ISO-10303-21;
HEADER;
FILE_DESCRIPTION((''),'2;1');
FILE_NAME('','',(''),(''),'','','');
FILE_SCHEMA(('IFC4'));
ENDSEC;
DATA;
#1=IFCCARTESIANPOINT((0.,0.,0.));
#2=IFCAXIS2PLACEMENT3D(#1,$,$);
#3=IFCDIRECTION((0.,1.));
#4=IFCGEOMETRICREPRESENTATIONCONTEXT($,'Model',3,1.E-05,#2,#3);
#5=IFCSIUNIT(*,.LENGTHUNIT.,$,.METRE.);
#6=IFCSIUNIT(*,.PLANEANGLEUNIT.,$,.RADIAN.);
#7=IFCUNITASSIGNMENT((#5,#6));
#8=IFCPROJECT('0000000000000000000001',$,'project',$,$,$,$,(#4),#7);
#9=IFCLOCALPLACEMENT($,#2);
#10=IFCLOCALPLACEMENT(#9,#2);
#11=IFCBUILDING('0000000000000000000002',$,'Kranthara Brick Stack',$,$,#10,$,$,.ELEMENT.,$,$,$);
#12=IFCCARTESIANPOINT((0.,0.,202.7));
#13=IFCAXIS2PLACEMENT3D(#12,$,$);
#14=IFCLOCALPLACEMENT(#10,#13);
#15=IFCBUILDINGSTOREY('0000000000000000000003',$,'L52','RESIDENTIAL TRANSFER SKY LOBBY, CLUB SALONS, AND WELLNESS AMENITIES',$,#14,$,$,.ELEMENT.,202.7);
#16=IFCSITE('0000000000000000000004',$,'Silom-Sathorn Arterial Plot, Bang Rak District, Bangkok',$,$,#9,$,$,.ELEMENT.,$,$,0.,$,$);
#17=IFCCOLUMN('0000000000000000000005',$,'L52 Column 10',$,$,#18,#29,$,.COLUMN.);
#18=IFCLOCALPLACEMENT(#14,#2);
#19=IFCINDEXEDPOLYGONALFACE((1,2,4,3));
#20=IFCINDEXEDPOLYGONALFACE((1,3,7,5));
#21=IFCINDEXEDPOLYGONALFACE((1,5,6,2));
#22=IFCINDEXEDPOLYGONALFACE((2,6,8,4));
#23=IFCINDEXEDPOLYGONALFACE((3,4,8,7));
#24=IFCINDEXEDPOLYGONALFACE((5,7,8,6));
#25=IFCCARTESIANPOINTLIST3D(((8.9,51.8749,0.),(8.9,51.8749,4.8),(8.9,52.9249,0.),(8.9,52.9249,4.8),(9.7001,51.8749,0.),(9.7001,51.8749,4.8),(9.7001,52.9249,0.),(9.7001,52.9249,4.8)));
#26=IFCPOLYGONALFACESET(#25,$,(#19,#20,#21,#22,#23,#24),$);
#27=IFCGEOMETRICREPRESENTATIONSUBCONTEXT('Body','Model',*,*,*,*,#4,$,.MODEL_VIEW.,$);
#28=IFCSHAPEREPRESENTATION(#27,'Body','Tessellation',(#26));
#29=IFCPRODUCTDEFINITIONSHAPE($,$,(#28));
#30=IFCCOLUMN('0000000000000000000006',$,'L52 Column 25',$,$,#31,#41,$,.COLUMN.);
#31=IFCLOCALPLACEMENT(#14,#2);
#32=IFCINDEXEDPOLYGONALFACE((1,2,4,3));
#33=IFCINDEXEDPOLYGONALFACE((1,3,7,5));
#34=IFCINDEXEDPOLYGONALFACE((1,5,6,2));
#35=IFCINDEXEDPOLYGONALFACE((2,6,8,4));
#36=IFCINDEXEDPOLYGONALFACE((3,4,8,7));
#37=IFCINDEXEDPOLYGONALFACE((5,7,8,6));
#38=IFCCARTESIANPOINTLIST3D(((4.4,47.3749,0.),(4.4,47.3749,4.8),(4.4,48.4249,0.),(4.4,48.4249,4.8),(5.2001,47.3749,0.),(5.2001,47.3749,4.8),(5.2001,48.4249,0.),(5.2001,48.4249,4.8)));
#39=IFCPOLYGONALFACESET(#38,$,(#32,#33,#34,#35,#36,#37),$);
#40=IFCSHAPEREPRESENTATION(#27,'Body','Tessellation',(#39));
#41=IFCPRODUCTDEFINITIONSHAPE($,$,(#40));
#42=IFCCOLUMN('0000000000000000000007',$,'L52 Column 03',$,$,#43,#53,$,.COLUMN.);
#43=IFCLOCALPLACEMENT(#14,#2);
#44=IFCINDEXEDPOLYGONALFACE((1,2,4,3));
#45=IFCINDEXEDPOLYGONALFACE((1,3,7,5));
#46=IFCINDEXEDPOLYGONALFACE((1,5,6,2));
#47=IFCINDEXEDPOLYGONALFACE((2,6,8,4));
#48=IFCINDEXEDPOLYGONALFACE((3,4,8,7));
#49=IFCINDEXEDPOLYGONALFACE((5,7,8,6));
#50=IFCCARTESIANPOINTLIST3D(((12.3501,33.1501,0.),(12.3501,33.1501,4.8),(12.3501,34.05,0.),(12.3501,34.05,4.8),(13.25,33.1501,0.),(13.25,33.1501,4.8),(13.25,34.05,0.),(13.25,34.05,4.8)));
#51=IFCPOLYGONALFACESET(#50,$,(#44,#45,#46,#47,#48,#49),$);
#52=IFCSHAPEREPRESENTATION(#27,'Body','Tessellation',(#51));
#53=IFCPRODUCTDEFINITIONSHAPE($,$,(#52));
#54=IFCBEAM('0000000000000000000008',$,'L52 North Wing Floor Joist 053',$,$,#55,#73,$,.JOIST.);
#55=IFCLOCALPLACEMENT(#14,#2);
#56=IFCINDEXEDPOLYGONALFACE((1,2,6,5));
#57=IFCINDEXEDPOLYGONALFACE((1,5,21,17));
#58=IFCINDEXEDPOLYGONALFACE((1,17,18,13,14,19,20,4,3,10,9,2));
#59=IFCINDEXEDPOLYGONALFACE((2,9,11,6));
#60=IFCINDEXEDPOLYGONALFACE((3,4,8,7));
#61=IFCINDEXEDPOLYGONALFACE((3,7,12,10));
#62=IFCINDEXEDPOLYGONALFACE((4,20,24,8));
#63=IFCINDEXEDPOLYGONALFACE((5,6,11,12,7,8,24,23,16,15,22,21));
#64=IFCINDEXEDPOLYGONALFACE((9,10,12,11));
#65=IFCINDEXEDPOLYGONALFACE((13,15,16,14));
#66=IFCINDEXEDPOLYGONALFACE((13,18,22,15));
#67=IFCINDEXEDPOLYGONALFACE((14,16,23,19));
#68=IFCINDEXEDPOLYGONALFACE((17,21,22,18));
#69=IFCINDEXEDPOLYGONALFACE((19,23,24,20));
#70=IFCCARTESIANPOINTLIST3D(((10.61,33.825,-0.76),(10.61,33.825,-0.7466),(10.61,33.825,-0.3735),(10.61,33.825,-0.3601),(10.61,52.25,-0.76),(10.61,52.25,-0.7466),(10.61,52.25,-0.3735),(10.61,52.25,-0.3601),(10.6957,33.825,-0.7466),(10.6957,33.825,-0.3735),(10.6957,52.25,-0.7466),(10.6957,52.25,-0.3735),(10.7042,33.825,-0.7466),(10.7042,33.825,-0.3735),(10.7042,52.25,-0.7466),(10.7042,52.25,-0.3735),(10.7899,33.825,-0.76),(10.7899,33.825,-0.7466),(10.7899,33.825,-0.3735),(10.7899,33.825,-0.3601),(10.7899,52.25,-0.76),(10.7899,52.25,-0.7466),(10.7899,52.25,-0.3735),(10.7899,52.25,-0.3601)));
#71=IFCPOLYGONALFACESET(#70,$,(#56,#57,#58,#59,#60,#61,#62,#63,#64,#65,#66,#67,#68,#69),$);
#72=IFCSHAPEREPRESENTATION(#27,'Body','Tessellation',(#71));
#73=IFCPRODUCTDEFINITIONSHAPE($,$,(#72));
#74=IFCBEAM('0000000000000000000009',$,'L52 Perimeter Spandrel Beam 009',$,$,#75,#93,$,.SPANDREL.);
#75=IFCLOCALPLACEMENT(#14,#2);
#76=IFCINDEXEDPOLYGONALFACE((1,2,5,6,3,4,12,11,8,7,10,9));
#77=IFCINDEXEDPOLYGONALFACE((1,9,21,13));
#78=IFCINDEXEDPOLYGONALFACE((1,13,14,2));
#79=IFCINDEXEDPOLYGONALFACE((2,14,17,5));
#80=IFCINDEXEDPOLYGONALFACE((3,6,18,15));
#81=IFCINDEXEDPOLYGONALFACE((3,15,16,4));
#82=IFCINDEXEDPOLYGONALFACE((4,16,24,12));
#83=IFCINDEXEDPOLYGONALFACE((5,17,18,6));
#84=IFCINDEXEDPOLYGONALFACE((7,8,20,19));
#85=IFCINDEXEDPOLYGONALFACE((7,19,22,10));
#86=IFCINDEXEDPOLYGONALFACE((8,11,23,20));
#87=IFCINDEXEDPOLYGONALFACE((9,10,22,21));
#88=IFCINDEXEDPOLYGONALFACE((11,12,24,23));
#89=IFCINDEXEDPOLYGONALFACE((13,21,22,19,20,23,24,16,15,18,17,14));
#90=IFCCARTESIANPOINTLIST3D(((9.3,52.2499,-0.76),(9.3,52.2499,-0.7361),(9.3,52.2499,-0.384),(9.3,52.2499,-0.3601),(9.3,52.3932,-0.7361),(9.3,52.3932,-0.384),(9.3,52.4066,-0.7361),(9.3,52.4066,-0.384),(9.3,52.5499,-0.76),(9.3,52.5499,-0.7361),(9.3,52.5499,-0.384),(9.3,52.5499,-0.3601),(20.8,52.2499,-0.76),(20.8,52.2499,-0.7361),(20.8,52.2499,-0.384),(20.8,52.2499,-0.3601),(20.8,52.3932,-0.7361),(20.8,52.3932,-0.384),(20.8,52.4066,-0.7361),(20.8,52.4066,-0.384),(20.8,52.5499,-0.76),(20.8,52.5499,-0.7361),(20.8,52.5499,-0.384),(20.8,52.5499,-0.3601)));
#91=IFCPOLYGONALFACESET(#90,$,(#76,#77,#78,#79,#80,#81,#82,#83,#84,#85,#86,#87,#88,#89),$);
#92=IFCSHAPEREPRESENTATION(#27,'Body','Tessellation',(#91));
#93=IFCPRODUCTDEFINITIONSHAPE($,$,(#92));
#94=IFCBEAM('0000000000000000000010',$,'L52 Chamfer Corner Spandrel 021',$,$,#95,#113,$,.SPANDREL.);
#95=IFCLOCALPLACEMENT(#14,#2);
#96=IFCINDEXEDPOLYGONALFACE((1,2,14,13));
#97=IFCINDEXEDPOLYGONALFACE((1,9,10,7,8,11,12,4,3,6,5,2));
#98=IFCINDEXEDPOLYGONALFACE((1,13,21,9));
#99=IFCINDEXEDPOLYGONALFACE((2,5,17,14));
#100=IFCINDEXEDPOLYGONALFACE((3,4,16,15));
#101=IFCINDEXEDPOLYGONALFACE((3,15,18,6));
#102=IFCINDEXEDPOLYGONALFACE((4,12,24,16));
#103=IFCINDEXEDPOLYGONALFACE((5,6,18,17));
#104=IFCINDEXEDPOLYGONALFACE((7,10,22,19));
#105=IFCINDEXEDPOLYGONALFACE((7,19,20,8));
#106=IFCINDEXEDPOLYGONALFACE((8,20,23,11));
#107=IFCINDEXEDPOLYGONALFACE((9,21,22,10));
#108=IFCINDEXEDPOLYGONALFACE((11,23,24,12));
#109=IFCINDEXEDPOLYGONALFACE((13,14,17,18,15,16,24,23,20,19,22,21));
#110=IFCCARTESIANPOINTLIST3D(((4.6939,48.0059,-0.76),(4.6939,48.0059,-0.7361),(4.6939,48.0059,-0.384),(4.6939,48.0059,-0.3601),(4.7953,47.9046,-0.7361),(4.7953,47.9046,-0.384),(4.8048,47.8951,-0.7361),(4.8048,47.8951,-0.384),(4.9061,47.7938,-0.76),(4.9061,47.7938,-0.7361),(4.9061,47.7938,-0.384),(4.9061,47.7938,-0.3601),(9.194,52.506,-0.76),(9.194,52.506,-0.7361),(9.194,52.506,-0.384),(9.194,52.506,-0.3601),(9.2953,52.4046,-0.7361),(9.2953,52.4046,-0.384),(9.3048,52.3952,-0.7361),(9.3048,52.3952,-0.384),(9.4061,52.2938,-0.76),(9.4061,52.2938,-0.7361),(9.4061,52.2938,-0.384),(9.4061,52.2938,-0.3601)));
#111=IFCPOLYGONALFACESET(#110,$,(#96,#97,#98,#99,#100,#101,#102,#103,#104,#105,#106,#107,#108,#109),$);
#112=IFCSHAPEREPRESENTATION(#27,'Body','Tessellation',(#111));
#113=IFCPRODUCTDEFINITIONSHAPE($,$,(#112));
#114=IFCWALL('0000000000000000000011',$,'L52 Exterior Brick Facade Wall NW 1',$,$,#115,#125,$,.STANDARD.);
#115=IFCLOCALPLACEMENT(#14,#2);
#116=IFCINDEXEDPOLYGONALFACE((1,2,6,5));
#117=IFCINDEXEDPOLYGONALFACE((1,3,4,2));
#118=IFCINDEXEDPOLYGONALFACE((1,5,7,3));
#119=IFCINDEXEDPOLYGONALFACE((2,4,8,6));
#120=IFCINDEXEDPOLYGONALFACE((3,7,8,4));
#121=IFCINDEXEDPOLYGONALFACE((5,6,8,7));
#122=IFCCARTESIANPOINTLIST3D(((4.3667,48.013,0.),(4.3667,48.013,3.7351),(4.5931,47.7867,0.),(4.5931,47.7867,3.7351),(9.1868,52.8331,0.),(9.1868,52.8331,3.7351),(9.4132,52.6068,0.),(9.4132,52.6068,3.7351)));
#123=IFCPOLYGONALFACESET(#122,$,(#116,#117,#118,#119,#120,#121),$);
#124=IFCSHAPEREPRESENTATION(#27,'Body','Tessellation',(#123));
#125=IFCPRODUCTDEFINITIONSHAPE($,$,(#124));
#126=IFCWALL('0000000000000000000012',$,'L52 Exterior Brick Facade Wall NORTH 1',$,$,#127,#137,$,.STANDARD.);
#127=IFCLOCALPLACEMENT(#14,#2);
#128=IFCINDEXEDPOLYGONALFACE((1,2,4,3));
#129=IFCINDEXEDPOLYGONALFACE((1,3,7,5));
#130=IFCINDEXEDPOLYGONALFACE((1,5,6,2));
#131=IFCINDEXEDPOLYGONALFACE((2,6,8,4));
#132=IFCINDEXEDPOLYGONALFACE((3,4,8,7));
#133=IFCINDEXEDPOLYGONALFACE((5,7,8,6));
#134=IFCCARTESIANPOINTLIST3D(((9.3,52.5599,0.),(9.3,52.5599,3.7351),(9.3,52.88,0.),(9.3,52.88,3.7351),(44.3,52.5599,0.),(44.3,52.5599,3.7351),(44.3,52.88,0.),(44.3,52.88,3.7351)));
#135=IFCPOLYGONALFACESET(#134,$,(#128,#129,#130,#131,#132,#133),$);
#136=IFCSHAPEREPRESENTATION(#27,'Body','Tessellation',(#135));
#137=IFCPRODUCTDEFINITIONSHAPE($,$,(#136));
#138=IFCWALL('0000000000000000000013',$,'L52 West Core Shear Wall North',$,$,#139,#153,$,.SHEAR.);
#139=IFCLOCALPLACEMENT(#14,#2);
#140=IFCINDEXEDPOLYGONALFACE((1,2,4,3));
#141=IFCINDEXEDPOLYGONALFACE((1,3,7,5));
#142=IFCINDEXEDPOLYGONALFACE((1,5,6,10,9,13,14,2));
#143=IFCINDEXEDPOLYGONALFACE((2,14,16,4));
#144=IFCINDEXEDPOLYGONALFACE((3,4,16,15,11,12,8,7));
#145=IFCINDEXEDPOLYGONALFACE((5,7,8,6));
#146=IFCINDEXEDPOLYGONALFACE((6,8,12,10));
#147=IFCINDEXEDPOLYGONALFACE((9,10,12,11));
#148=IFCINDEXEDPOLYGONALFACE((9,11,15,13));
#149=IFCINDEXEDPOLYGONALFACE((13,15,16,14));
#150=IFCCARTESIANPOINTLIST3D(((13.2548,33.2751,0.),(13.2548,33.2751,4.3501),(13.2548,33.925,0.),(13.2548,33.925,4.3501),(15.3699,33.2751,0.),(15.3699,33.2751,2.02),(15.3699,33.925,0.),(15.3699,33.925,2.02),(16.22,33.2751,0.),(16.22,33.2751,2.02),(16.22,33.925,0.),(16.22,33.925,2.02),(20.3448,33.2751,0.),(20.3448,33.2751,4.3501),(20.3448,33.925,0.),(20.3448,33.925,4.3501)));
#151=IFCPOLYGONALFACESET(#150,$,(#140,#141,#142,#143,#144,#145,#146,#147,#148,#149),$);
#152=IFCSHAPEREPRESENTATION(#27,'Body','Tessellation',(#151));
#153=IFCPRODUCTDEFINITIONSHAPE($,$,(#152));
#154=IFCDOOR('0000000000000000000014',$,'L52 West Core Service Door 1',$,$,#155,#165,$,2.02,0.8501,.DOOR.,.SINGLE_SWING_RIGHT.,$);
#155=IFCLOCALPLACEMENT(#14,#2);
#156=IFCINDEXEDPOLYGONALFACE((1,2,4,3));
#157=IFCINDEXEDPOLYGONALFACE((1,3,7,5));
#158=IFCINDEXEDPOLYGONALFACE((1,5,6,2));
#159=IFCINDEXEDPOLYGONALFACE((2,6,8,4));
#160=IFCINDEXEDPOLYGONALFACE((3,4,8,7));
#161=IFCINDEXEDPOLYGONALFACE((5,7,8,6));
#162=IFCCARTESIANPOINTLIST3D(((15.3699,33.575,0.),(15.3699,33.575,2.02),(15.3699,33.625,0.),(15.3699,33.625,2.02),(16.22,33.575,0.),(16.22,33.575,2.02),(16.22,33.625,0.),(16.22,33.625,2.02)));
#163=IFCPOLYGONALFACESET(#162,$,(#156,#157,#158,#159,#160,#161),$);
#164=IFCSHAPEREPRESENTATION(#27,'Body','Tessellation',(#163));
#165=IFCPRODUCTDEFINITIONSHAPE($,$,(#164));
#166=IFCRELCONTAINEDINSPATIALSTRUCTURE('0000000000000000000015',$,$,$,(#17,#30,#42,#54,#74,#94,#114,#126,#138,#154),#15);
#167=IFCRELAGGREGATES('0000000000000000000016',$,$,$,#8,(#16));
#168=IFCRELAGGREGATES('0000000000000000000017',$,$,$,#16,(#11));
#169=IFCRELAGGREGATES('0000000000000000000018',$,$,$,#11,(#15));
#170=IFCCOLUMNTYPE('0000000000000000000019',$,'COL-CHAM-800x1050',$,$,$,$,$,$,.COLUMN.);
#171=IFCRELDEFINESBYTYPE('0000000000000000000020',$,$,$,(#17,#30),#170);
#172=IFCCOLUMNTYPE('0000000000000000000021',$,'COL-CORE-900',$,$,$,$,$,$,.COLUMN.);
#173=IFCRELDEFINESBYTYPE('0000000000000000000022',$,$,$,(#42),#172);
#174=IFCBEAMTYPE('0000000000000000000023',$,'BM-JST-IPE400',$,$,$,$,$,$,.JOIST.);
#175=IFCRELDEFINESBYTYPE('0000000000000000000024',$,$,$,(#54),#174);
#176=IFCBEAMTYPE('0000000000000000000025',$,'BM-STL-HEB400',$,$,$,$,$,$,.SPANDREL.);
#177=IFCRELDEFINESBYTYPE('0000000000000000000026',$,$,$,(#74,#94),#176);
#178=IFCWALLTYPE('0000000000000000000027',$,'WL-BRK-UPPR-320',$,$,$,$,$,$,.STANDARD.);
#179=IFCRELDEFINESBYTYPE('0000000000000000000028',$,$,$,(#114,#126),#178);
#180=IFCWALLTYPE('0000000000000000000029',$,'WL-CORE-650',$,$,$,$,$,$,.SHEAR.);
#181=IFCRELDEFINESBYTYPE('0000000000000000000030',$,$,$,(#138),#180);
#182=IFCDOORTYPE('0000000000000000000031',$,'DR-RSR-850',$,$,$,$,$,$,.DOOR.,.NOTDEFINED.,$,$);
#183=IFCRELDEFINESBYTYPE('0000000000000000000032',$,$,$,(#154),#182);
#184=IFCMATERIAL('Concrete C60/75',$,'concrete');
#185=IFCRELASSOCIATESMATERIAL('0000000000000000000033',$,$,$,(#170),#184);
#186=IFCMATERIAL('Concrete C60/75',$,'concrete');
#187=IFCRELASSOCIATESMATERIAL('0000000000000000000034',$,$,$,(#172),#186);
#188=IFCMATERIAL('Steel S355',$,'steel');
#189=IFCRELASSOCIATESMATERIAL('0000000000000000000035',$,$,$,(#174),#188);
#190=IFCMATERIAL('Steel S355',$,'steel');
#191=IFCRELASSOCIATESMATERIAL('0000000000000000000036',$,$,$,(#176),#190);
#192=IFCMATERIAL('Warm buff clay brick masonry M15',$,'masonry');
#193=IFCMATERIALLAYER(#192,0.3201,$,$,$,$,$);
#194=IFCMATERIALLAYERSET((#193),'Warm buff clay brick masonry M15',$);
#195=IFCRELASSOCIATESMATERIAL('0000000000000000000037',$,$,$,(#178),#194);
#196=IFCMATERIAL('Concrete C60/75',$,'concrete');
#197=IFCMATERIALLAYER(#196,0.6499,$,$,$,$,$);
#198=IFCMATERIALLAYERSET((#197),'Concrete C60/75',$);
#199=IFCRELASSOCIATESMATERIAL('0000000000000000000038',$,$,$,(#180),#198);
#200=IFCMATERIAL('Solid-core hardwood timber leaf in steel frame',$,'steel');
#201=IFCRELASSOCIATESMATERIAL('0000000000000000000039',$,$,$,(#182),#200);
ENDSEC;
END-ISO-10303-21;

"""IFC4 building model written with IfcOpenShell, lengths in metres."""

from ifc_helpers import new_model, si_unit, direction, frame, frame_2d, origin, origin_2d, place, context, subcontext, project, spatial, rectangle, i_section, extrude, material, layer, layer_set, material_profile, profile_set, type_object, element, fill, save


model = new_model("IFC4")

# Units and contexts
model_context = context("Model", 3, precision=1e-05, world=origin(), true_north=direction((0.0, 1.0)))
body_context = subcontext(model_context, "Body", "Model", "MODEL_VIEW")
ifc_project = project(units=[si_unit("LENGTHUNIT", "METRE"), si_unit("PLANEANGLEUNIT", "RADIAN")], contexts=[model_context])

# Site, building, storey
site_placement = place(None, origin())
site = spatial("IfcSite", under=ifc_project, at=site_placement, Name="Silom-Sathorn Arterial Plot, Bang Rak District, Bangkok", CompositionType="ELEMENT", RefElevation=0.0)
building_placement = place(site_placement, origin())
building = spatial("IfcBuilding", under=site, at=building_placement, Name="Kranthara Brick Stack", CompositionType="ELEMENT")
storey_placement = place(building_placement, frame((0.0, 0.0, 202.7)))
storey = spatial("IfcBuildingStorey", under=building, at=storey_placement, Name="L52", Description="RESIDENTIAL TRANSFER SKY LOBBY, CLUB SALONS, AND WELLNESS AMENITIES", CompositionType="ELEMENT", Elevation=202.7)

# Columns
ifc_material_1 = material(Name="Concrete C60/75", Category="concrete")
ifc_material_profile_1 = material_profile(ifc_material_1, rectangle(XDim=0.8, YDim=1.05, at=origin_2d()), Name="RC 800x1050")
ifc_profile_set_1 = profile_set([ifc_material_profile_1], Name="Concrete C60/75")
column_type_1 = type_object("IfcColumnType", Name="COL-CHAM-800x1050", PredefinedType="COLUMN", material=ifc_profile_set_1)
for number, where, z_axis, x_axis, name in (
    (1, (9.3, 52.3999, 0.0), (0.0, 0.0, 1.0), (1.0, 0.0, 0.0), "L52 Column 10"),
    (2, (4.8, 47.8999, 0.0), (0.0, 0.0, 1.0), (1.0, 0.0, 0.0), "L52 Column 25"),
):
    element("IfcColumn", number, at=place(storey_placement, frame(where, z_axis=z_axis, x_axis=x_axis)), inside=storey, type_object=column_type_1, Name=name, PredefinedType="COLUMN", context=body_context, shape_type="SweptSolid", body=[
        extrude(rectangle(XDim=0.8, YDim=1.05, at=origin_2d()), origin(), (0.0, 0.0, 1.0), 4.8),
    ])
ifc_material_2 = material(Name="Concrete C60/75", Category="concrete")
ifc_material_profile_2 = material_profile(ifc_material_2, rectangle(XDim=0.8999, YDim=0.8999, at=origin_2d()), Name="RC 900x900")
ifc_profile_set_2 = profile_set([ifc_material_profile_2], Name="Concrete C60/75")
column_type_2 = type_object("IfcColumnType", Name="COL-CORE-900", PredefinedType="COLUMN", material=ifc_profile_set_2)
column_placement = place(storey_placement, frame((12.8, 33.6001, 0.0), z_axis=(0.0, 0.0, 1.0), x_axis=(1.0, 0.0, 0.0)))
element("IfcColumn", 3, at=column_placement, inside=storey, type_object=column_type_2, Name="L52 Column 03", PredefinedType="COLUMN", context=body_context, shape_type="SweptSolid", body=[
    extrude(rectangle(XDim=0.8999, YDim=0.8999, at=origin_2d()), origin(), (0.0, 0.0, 1.0), 4.8),
])

# Beams
ifc_material_3 = material(Name="Steel S355", Category="steel")
ifc_material_profile_3 = material_profile(ifc_material_3, i_section(OverallWidth=0.1799, OverallDepth=0.3999, WebThickness=0.0085, FlangeThickness=0.0134, at=origin_2d()), Name="IPE 400")
ifc_profile_set_3 = profile_set([ifc_material_profile_3], Name="Steel S355")
beam_type_1 = type_object("IfcBeamType", Name="BM-JST-IPE400", PredefinedType="JOIST", material=ifc_profile_set_3)
beam_1_placement = place(storey_placement, frame((10.7, 33.825, -0.5601), z_axis=(0.0, 1.0, 0.0), x_axis=(-1.0, 0.0, 0.0)))
element("IfcBeam", 4, at=beam_1_placement, inside=storey, type_object=beam_type_1, Name="L52 North Wing Floor Joist 053", PredefinedType="JOIST", context=body_context, shape_type="SweptSolid", body=[
    extrude(i_section(OverallWidth=0.1799, OverallDepth=0.3999, WebThickness=0.0085, FlangeThickness=0.0134, at=origin_2d()), origin(), (0.0, 0.0, 1.0), 18.425),
])
ifc_material_4 = material(Name="Steel S355", Category="steel")
ifc_material_profile_4 = material_profile(ifc_material_4, i_section(OverallWidth=0.3, OverallDepth=0.3999, WebThickness=0.0134, FlangeThickness=0.0239, at=origin_2d()), Name="HEB 400")
ifc_profile_set_4 = profile_set([ifc_material_profile_4], Name="Steel S355")
beam_type_2 = type_object("IfcBeamType", Name="BM-STL-HEB400", PredefinedType="SPANDREL", material=ifc_profile_set_4)
beam_2_placement = place(storey_placement, frame((9.3, 52.3999, -0.5601), z_axis=(1.0, 0.0, 0.0), x_axis=(0.0, 1.0, 0.0)))
element("IfcBeam", 5, at=beam_2_placement, inside=storey, type_object=beam_type_2, Name="L52 Perimeter Spandrel Beam 009", PredefinedType="SPANDREL", context=body_context, shape_type="SweptSolid", body=[
    extrude(i_section(OverallWidth=0.3, OverallDepth=0.3999, WebThickness=0.0134, FlangeThickness=0.0239, at=origin_2d()), origin(), (0.0, 0.0, 1.0), 11.5),
])
beam_3_placement = place(storey_placement, frame((9.3, 52.3999, -0.5601), z_axis=(-0.707107, -0.707107, 0.0), x_axis=(0.707107, -0.707107, 0.0)))
element("IfcBeam", 6, at=beam_3_placement, inside=storey, type_object=beam_type_2, Name="L52 Chamfer Corner Spandrel 021", PredefinedType="SPANDREL", context=body_context, shape_type="SweptSolid", body=[
    extrude(i_section(OverallWidth=0.3, OverallDepth=0.3999, WebThickness=0.0134, FlangeThickness=0.0239, at=origin_2d()), origin(), (0.0, 0.0, 1.0), 6.364),
])

# Walls
ifc_material_5 = material(Name="Warm buff clay brick masonry M15", Category="masonry")
ifc_layer_1 = layer(ifc_material_5, 0.3201)
ifc_layer_set_1 = layer_set([ifc_layer_1], Name="Warm buff clay brick masonry M15")
wall_type_1 = type_object("IfcWallType", Name="WL-BRK-UPPR-320", PredefinedType="STANDARD", material=ifc_layer_set_1)
wall_1_placement = place(storey_placement, frame((4.48, 47.8999, 0.0), z_axis=(0.0, 0.0, 1.0), x_axis=(0.707107, 0.707107, 0.0)))
element("IfcWall", 7, at=wall_1_placement, inside=storey, type_object=wall_type_1, Name="L52 Exterior Brick Facade Wall NW 1", PredefinedType="STANDARD", context=body_context, shape_type="SweptSolid", body=[
    extrude(rectangle(XDim=6.8167, YDim=0.3201, at=frame_2d((3.4082, 0.0))), origin(), (0.0, 0.0, 1.0), 3.7351),
])
wall_2_placement = place(storey_placement, frame((9.3, 52.72, 0.0), z_axis=(0.0, 0.0, 1.0), x_axis=(1.0, 0.0, 0.0)))
element("IfcWall", 8, at=wall_2_placement, inside=storey, type_object=wall_type_1, Name="L52 Exterior Brick Facade Wall NORTH 1", PredefinedType="STANDARD", context=body_context, shape_type="SweptSolid", body=[
    extrude(rectangle(XDim=35.0, YDim=0.3201, at=frame_2d((17.5, 0.0))), origin(), (0.0, 0.0, 1.0), 3.7351),
])

# Wall, opening, door
ifc_material_6 = material(Name="Concrete C60/75", Category="concrete")
ifc_layer_2 = layer(ifc_material_6, 0.6499)
ifc_layer_set_2 = layer_set([ifc_layer_2], Name="Concrete C60/75")
wall_type_2 = type_object("IfcWallType", Name="WL-CORE-650", PredefinedType="SHEAR", material=ifc_layer_set_2)
wall_3_placement = place(storey_placement, frame((13.2549, 33.6001, 0.0), z_axis=(0.0, 0.0, 1.0), x_axis=(1.0, 0.0, 0.0)))
wall_3 = element("IfcWall", 9, at=wall_3_placement, inside=storey, type_object=wall_type_2, Name="L52 West Core Shear Wall North", PredefinedType="SHEAR", context=body_context, shape_type="SweptSolid", body=[
    extrude(rectangle(XDim=7.0901, YDim=0.6499, at=frame_2d((3.5449, 0.0))), origin(), (0.0, 0.0, 1.0), 4.3501),
])
opening_1_placement = place(wall_3_placement, frame((2.115, 0.0, 0.0)))
opening_1 = element("IfcOpeningElement", 10, at=opening_1_placement, cuts=wall_3, PredefinedType="OPENING", context=body_context, shape_type="SweptSolid", body=[
    extrude(rectangle(XDim=0.8501, YDim=2.02, at=frame_2d((0.425, 1.01))), frame((0.0, 0.335, 0.0), z_axis=(0.0, -1.0, 0.0), x_axis=(1.0, 0.0, 0.0)), (0.0, 0.0, 1.0), 0.6699),
])
ifc_material_7 = material(Name="Solid-core hardwood timber leaf in steel frame", Category="steel")
door_type_1 = type_object("IfcDoorType", Name="DR-RSR-850", OperationType="NOTDEFINED", PredefinedType="DOOR", material=ifc_material_7)
door_1_placement = place(opening_1_placement, origin())
door_1 = element("IfcDoor", 11, at=door_1_placement, inside=storey, type_object=door_type_1, Name="L52 West Core Service Door 1", OperationType="SINGLE_SWING_RIGHT", OverallHeight=2.02, OverallWidth=0.8501, PredefinedType="DOOR", context=body_context, shape_type="SweptSolid", body=[
    extrude(rectangle(XDim=0.8501, YDim=2.02, at=frame_2d((0.425, 1.01))), frame((0.0, 0.0249, 0.0), z_axis=(0.0, -1.0, 0.0), x_axis=(1.0, 0.0, 0.0)), (0.0, 0.0, 1.0), 0.05),
])
fill(opening_1, door_1)

save(model, "model.ifc")
